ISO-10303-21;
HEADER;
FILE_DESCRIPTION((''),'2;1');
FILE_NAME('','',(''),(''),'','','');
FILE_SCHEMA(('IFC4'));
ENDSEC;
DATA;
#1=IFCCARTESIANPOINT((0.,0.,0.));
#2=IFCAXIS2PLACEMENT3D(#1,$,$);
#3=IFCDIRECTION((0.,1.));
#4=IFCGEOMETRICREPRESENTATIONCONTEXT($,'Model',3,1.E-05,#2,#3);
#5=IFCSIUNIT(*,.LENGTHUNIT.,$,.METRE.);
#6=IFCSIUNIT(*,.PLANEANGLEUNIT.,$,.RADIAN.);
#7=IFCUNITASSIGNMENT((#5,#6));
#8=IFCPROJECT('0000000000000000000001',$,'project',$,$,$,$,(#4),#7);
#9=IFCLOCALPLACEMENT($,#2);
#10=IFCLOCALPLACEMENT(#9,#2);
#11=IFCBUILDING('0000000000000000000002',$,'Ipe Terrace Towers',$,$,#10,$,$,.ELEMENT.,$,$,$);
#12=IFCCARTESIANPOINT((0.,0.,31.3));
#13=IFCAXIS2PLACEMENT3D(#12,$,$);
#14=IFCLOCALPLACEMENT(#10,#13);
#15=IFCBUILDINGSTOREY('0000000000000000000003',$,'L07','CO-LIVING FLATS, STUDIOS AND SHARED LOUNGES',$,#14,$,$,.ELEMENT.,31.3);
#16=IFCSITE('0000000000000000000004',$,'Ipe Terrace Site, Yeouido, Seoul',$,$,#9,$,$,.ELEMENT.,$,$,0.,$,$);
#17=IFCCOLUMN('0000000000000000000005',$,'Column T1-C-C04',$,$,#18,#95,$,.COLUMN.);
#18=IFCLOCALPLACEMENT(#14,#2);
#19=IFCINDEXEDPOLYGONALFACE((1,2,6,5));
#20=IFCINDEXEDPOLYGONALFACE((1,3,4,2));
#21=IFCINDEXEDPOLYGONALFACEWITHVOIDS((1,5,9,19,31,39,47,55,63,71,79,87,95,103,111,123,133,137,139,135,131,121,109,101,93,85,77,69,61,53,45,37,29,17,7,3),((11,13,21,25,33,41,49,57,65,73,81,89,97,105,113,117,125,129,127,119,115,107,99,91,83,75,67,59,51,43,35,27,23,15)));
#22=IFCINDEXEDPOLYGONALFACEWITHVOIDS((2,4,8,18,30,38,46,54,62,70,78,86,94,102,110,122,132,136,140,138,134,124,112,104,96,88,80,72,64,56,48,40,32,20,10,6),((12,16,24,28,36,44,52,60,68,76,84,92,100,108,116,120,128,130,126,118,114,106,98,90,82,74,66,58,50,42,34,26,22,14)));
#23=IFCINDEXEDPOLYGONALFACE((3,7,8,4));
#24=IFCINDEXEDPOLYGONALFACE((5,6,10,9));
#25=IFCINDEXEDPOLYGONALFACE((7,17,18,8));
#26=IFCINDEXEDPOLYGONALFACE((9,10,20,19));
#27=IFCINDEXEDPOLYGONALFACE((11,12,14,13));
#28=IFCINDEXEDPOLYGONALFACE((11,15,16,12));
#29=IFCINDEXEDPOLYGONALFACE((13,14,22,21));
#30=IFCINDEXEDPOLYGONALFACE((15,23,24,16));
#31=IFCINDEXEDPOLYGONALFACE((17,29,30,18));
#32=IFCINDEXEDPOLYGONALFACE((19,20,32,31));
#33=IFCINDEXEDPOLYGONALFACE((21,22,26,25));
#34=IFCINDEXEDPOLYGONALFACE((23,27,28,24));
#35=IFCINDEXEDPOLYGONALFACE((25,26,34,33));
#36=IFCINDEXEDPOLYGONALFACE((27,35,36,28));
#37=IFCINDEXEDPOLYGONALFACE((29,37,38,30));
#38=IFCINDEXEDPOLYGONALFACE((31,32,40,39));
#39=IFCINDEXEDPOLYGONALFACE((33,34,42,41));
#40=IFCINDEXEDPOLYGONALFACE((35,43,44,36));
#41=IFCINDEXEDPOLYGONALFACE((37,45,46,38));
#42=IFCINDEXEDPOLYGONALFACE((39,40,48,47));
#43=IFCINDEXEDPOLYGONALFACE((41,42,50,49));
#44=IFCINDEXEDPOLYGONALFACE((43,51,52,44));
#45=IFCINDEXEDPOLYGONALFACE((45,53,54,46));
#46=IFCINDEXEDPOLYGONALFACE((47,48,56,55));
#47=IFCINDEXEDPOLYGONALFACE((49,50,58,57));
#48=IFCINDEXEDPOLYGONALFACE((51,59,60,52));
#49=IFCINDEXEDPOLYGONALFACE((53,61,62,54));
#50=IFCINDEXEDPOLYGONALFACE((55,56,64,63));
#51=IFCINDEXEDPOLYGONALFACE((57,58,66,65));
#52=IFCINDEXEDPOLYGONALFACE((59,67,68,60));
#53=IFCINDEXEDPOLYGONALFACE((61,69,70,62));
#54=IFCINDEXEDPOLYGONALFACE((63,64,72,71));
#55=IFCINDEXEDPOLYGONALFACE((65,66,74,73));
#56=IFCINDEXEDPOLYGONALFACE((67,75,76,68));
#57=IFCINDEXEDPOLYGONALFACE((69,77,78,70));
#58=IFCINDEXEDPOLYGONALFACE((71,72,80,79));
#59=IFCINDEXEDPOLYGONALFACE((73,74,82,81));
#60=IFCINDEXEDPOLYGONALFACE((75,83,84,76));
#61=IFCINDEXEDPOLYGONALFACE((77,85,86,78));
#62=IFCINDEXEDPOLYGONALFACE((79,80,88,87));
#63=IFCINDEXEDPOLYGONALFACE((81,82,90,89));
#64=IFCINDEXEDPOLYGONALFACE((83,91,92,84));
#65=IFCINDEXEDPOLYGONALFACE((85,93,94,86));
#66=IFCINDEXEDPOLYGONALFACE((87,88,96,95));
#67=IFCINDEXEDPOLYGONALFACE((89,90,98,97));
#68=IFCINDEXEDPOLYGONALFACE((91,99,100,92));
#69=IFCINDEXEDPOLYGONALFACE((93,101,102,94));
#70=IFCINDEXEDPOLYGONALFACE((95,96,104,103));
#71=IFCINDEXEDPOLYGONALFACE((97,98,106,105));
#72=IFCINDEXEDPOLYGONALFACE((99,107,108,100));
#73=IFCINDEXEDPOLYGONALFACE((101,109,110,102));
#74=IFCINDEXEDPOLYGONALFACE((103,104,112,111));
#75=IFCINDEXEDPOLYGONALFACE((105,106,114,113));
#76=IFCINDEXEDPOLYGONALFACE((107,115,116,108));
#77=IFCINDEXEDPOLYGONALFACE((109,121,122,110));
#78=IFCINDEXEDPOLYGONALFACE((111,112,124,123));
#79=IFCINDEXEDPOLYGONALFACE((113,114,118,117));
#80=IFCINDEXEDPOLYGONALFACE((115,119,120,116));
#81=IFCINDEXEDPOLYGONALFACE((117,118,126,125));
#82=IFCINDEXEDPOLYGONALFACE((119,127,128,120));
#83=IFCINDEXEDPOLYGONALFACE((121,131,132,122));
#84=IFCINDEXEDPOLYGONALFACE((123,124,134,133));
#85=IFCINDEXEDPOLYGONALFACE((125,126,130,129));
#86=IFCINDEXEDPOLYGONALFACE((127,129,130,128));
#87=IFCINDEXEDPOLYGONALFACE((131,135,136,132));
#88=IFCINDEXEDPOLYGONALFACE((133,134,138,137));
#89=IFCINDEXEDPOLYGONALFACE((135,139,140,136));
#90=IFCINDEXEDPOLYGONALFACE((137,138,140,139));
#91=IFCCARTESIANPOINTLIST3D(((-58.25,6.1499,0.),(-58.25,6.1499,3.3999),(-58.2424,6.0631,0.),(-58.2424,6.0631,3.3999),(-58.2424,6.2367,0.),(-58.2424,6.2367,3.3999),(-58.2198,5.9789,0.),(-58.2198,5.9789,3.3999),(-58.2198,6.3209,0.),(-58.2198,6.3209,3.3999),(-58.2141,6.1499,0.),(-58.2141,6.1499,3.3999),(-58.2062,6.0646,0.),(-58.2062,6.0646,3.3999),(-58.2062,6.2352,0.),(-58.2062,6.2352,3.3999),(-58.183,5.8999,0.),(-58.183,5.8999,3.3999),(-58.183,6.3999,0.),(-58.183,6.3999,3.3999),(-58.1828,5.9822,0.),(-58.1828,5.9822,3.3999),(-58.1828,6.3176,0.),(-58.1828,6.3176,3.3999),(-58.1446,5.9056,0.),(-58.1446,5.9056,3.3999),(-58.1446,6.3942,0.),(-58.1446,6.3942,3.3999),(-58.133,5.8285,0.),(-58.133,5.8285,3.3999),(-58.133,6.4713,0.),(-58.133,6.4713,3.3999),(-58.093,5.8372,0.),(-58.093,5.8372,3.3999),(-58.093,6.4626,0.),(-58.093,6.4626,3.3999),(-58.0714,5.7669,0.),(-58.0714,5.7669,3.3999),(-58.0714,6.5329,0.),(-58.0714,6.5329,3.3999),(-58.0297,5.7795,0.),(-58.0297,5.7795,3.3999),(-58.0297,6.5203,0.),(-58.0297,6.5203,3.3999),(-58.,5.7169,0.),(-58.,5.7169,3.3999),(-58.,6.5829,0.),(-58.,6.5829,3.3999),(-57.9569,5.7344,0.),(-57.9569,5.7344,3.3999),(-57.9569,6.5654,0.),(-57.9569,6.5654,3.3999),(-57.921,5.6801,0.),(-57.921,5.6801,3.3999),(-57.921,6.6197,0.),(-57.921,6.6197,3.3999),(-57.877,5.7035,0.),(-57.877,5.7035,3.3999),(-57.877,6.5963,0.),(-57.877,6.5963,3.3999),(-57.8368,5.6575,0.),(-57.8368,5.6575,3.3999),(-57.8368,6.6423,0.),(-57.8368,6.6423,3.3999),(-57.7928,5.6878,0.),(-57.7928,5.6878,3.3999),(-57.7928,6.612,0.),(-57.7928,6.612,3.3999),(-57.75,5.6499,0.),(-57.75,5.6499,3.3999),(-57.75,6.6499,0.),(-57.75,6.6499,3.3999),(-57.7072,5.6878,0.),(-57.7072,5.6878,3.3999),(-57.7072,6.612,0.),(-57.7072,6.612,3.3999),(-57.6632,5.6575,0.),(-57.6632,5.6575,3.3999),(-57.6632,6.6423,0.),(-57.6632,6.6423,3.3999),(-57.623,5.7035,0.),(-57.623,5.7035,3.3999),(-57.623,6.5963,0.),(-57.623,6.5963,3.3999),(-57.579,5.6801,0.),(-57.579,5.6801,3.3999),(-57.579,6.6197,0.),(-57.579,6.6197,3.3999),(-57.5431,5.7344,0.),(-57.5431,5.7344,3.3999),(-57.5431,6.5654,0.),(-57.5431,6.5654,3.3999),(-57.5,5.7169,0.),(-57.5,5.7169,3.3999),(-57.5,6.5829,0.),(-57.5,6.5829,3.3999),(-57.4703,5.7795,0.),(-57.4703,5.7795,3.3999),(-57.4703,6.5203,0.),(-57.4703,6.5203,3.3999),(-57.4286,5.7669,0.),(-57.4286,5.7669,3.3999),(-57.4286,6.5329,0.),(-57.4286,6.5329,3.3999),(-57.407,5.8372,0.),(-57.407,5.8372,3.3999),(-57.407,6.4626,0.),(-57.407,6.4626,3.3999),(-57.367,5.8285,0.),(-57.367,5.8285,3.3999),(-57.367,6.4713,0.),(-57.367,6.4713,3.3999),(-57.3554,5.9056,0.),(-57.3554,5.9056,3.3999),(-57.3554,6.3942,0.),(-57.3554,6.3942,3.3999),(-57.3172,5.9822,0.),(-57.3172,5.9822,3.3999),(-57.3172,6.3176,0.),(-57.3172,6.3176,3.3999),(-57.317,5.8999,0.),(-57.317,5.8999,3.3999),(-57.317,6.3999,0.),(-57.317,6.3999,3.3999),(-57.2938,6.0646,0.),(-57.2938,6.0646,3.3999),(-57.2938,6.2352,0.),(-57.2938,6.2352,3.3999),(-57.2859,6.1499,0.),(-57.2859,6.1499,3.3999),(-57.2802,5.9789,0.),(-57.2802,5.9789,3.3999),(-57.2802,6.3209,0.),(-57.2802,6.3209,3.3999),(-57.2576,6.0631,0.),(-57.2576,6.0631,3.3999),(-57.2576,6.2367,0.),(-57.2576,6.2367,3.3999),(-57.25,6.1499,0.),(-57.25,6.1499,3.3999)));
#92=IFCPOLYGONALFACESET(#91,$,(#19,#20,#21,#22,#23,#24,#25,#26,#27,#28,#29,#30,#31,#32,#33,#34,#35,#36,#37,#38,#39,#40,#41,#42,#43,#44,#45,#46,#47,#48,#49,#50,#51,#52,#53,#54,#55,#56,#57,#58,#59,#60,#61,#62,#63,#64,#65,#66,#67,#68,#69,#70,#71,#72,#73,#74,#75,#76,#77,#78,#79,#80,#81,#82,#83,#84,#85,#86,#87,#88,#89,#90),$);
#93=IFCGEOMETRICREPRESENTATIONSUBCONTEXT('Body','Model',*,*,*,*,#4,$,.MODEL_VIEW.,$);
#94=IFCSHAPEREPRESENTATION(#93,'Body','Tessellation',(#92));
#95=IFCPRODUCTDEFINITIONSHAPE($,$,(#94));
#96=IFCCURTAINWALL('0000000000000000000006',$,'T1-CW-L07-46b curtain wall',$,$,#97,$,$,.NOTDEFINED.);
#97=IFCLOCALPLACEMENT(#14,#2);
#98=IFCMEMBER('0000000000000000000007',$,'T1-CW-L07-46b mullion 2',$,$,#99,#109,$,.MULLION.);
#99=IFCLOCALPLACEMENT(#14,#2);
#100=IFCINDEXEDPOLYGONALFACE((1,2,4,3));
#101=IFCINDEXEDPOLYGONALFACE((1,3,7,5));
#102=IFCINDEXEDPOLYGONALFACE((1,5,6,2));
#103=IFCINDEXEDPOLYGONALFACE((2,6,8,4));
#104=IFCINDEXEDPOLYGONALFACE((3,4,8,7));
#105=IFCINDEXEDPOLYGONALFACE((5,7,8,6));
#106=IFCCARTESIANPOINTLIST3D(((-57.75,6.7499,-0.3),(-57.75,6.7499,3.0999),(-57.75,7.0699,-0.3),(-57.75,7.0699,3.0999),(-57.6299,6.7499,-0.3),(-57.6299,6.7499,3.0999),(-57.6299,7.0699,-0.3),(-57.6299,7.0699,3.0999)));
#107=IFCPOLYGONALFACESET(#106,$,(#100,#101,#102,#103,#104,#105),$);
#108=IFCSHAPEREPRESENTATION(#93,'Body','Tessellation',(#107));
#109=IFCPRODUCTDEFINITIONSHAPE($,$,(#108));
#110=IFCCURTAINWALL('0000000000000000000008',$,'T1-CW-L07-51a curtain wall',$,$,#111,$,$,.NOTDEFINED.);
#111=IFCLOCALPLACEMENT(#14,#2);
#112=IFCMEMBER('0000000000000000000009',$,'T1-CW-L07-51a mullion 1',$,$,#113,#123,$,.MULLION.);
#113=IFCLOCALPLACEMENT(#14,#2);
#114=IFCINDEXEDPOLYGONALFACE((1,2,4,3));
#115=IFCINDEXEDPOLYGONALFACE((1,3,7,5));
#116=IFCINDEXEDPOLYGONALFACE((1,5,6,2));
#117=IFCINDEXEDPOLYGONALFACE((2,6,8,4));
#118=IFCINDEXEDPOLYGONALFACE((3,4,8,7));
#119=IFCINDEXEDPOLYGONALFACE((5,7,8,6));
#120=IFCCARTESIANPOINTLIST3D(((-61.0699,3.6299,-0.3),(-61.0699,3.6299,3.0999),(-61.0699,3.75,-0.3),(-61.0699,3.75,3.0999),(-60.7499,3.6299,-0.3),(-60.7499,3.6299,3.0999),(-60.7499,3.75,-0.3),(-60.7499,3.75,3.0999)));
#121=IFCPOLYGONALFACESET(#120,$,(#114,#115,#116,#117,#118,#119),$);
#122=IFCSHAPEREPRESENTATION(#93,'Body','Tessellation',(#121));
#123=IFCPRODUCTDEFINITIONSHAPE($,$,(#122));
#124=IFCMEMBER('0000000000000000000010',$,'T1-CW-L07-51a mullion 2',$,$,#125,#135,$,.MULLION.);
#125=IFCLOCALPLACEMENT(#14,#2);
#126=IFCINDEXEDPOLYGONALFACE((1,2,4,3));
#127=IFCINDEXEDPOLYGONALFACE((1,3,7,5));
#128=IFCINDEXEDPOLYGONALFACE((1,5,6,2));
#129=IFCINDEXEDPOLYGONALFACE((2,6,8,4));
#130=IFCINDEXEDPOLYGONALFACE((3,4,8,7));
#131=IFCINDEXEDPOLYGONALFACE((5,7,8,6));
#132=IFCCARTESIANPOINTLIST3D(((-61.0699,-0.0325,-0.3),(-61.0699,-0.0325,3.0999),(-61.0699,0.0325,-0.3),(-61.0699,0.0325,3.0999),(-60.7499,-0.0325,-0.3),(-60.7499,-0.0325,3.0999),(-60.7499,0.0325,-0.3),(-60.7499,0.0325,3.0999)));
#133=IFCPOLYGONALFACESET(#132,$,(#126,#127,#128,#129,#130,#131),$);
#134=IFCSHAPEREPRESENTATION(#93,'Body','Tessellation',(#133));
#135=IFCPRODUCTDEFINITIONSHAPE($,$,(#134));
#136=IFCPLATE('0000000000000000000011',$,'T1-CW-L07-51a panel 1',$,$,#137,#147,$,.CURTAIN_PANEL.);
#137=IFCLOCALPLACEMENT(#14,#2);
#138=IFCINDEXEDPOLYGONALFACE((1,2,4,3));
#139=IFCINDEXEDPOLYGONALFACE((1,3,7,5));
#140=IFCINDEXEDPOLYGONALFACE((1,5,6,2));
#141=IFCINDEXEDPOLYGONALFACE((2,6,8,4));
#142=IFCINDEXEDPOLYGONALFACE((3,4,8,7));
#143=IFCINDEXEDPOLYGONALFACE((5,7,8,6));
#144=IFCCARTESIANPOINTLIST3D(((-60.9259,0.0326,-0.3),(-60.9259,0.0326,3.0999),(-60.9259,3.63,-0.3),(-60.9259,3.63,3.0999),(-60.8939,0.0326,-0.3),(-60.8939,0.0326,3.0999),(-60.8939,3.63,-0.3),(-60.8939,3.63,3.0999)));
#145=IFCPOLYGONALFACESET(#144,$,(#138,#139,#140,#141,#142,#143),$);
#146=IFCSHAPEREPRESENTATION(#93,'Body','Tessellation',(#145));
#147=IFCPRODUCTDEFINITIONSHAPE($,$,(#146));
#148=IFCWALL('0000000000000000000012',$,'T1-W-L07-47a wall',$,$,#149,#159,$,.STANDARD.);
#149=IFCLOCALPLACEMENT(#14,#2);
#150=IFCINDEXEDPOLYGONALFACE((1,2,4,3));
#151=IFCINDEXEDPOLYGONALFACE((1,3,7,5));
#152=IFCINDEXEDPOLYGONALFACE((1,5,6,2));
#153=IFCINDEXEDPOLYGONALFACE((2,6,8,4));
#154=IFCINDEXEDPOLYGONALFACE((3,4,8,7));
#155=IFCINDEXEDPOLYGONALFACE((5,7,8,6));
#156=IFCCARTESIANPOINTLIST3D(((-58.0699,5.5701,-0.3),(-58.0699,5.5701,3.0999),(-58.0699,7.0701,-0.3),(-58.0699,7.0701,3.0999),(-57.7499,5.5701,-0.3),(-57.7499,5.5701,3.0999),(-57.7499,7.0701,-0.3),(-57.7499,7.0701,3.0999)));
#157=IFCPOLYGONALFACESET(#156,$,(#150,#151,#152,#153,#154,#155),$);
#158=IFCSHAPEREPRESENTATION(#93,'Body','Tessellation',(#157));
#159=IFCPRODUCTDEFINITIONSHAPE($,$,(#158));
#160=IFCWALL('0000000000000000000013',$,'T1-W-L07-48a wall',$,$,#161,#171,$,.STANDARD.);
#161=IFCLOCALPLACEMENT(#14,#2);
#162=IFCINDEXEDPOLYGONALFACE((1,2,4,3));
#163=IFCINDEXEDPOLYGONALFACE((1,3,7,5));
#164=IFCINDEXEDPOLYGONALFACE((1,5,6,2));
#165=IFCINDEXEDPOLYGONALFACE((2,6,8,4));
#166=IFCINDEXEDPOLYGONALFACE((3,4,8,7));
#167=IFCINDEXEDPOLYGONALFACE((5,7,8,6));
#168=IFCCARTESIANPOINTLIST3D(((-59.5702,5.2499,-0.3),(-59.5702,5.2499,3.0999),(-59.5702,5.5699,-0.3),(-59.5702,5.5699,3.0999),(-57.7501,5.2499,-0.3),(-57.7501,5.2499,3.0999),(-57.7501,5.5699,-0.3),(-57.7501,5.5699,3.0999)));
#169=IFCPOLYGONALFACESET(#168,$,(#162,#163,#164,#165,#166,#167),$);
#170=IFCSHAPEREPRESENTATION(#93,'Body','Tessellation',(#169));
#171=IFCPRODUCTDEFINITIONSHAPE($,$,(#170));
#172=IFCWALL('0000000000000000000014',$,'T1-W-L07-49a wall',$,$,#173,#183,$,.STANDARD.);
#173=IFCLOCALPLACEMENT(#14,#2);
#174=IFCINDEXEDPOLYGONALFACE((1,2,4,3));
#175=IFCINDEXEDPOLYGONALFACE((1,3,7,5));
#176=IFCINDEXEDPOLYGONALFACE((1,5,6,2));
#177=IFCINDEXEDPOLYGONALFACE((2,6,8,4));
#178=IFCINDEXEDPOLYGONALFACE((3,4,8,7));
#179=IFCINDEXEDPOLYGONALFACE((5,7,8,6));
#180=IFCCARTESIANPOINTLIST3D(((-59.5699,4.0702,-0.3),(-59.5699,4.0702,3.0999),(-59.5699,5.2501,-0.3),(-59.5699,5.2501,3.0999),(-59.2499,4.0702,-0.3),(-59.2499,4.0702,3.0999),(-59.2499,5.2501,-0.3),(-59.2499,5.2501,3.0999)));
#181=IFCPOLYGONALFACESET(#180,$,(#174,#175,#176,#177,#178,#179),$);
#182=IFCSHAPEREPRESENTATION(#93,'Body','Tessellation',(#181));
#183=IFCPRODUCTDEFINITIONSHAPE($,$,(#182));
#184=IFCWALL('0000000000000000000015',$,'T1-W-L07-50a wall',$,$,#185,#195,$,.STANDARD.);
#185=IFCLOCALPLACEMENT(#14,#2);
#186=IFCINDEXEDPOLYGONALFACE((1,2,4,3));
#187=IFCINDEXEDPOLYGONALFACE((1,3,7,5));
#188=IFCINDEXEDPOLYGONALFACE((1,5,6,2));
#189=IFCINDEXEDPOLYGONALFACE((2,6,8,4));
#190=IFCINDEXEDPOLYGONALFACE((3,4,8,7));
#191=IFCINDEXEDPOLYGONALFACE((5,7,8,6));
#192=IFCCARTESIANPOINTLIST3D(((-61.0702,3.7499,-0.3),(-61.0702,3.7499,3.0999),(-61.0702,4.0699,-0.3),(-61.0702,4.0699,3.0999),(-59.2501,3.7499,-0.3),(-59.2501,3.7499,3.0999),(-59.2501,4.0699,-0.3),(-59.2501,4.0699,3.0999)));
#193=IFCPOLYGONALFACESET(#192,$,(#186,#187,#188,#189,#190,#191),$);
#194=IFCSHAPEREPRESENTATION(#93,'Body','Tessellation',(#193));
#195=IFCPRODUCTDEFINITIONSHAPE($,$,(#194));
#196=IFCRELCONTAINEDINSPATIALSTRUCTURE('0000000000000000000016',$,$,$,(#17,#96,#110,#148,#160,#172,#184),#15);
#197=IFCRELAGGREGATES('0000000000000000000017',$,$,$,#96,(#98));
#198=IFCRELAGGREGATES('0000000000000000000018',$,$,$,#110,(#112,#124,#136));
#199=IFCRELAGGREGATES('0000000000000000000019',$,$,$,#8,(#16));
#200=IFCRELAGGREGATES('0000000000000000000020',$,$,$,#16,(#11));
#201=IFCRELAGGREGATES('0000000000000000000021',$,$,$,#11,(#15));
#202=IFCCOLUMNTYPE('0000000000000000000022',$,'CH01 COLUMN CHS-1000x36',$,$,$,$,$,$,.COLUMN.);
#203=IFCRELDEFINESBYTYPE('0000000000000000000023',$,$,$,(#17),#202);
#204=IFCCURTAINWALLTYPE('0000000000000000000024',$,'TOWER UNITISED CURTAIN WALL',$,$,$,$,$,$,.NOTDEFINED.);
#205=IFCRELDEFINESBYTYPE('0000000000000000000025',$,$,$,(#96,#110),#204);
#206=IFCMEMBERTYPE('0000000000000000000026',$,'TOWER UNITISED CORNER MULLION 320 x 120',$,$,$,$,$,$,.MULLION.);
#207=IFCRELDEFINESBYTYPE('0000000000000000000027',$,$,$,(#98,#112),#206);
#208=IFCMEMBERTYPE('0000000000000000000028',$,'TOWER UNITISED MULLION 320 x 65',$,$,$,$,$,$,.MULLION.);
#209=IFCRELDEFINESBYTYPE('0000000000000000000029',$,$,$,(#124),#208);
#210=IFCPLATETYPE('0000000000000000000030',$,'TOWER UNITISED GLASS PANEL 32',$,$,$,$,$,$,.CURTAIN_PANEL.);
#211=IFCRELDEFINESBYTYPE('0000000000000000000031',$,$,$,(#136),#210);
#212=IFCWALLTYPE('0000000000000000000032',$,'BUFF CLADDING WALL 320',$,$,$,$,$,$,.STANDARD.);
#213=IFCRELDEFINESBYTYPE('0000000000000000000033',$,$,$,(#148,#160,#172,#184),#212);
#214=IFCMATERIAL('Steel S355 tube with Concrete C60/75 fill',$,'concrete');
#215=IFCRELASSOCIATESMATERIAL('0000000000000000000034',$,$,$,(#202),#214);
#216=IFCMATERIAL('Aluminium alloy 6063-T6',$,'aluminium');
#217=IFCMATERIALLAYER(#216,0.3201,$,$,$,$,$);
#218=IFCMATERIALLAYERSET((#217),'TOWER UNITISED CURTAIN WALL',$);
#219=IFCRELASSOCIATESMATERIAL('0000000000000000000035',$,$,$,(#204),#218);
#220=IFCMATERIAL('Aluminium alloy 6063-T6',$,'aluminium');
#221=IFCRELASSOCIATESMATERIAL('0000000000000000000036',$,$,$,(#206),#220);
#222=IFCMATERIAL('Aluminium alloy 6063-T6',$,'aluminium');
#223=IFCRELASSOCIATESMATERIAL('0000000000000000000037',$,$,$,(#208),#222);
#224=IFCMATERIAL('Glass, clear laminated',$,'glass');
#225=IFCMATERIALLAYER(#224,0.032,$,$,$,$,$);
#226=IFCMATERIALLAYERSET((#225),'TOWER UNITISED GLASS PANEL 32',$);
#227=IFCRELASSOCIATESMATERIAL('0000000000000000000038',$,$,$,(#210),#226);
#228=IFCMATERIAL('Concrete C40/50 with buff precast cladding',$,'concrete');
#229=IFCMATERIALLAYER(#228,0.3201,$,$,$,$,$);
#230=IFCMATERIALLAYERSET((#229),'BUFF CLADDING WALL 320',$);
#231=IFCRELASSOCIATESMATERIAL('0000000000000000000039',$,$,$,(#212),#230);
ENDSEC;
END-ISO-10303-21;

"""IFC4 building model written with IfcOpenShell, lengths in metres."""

from ifc_helpers import new_model, si_unit, direction, frame, frame_2d, origin, origin_2d, place, context, subcontext, project, spatial, rectangle, hollow_circle, extrude, material, layer, layer_set, material_profile, profile_set, type_object, element, aggregate, save


model = new_model("IFC4")

# Units and contexts
model_context = context("Model", 3, precision=1e-05, world=origin(), true_north=direction((0.0, 1.0)))
body_context = subcontext(model_context, "Body", "Model", "MODEL_VIEW")
ifc_project = project(units=[si_unit("LENGTHUNIT", "METRE"), si_unit("PLANEANGLEUNIT", "RADIAN")], contexts=[model_context])

# Site, building, storey
site_placement = place(None, origin())
site = spatial("IfcSite", under=ifc_project, at=site_placement, Name="Ipe Terrace Site, Yeouido, Seoul", CompositionType="ELEMENT", RefElevation=0.0)
building_placement = place(site_placement, origin())
building = spatial("IfcBuilding", under=site, at=building_placement, Name="Ipe Terrace Towers", CompositionType="ELEMENT")
storey_placement = place(building_placement, frame((0.0, 0.0, 31.3)))
storey = spatial("IfcBuildingStorey", under=building, at=storey_placement, Name="L07", Description="CO-LIVING FLATS, STUDIOS AND SHARED LOUNGES", CompositionType="ELEMENT", Elevation=31.3)

# Column
ifc_material_1 = material(Name="Steel S355 tube with Concrete C60/75 fill", Category="concrete")
ifc_material_profile_1 = material_profile(ifc_material_1, hollow_circle(Radius=0.5, WallThickness=0.0359, at=origin_2d()), Name="CHS-1000x36")
ifc_profile_set_1 = profile_set([ifc_material_profile_1], Name="Steel S355 tube with Concrete C60/75 fill")
column_type = type_object("IfcColumnType", Name="CH01 COLUMN CHS-1000x36", PredefinedType="COLUMN", material=ifc_profile_set_1)
column_placement = place(storey_placement, frame((-57.75, 6.1499, 0.0), z_axis=(0.0, 0.0, 1.0), x_axis=(1.0, 0.0, 0.0)))
element("IfcColumn", 1, at=column_placement, inside=storey, type_object=column_type, Name="Column T1-C-C04", PredefinedType="COLUMN", context=body_context, shape_type="SweptSolid", body=[
    extrude(hollow_circle(Radius=0.5, WallThickness=0.0359, at=origin_2d()), origin(), (0.0, 0.0, 1.0), 3.3999),
])

# Curtain wall, member
ifc_material_2 = material(Name="Aluminium alloy 6063-T6", Category="aluminium")
ifc_layer_1 = layer(ifc_material_2, 0.3201)
ifc_layer_set_1 = layer_set([ifc_layer_1], Name="TOWER UNITISED CURTAIN WALL")
curtain_wall_type = type_object("IfcCurtainWallType", Name="TOWER UNITISED CURTAIN WALL", PredefinedType="NOTDEFINED", material=ifc_layer_set_1)
curtain_wall_1_placement = place(storey_placement, origin())
curtain_wall_1 = element("IfcCurtainWall", 2, at=curtain_wall_1_placement, inside=storey, type_object=curtain_wall_type, Name="T1-CW-L07-46b curtain wall", PredefinedType="NOTDEFINED")
ifc_material_3 = material(Name="Aluminium alloy 6063-T6", Category="aluminium")
ifc_material_profile_2 = material_profile(ifc_material_3, rectangle(XDim=0.3201, YDim=0.1201, at=origin_2d()), Name="TOWER UNITISED CORNER MULLION 320 x 120")
ifc_profile_set_2 = profile_set([ifc_material_profile_2], Name="Aluminium alloy 6063-T6")
member_type_1 = type_object("IfcMemberType", Name="TOWER UNITISED CORNER MULLION 320 x 120", PredefinedType="MULLION", material=ifc_profile_set_2)
member_1_placement = place(storey_placement, frame((-57.6899, 6.9099, -0.3), z_axis=(0.0, 0.0, 1.0), x_axis=(0.0, 1.0, 0.0)))
member_1 = element("IfcMember", 3, at=member_1_placement, type_object=member_type_1, Name="T1-CW-L07-46b mullion 2", PredefinedType="MULLION", context=body_context, shape_type="SweptSolid", body=[
    extrude(rectangle(XDim=0.3201, YDim=0.1201, at=origin_2d()), origin(), (0.0, 0.0, 1.0), 3.3999),
])
aggregate(curtain_wall_1, [member_1])

# Curtain wall, members, plate
curtain_wall_2_placement = place(storey_placement, origin())
curtain_wall_2 = element("IfcCurtainWall", 4, at=curtain_wall_2_placement, inside=storey, type_object=curtain_wall_type, Name="T1-CW-L07-51a curtain wall", PredefinedType="NOTDEFINED")
member_2_placement = place(storey_placement, frame((-60.9099, 3.6899, -0.3), z_axis=(0.0, 0.0, 1.0), x_axis=(-1.0, 0.0, 0.0)))
member_2 = element("IfcMember", 5, at=member_2_placement, type_object=member_type_1, Name="T1-CW-L07-51a mullion 1", PredefinedType="MULLION", context=body_context, shape_type="SweptSolid", body=[
    extrude(rectangle(XDim=0.3201, YDim=0.1201, at=origin_2d()), origin(), (0.0, 0.0, 1.0), 3.3999),
])
ifc_material_4 = material(Name="Aluminium alloy 6063-T6", Category="aluminium")
ifc_material_profile_3 = material_profile(ifc_material_4, rectangle(XDim=0.3201, YDim=0.0649, at=origin_2d()), Name="TOWER UNITISED MULLION 320 x 65")
ifc_profile_set_3 = profile_set([ifc_material_profile_3], Name="Aluminium alloy 6063-T6")
member_type_2 = type_object("IfcMemberType", Name="TOWER UNITISED MULLION 320 x 65", PredefinedType="MULLION", material=ifc_profile_set_3)
member_3_placement = place(storey_placement, frame((-60.9099, 0.0, -0.3), z_axis=(0.0, 0.0, 1.0), x_axis=(-1.0, 0.0, 0.0)))
member_3 = element("IfcMember", 6, at=member_3_placement, type_object=member_type_2, Name="T1-CW-L07-51a mullion 2", PredefinedType="MULLION", context=body_context, shape_type="SweptSolid", body=[
    extrude(rectangle(XDim=0.3201, YDim=0.0649, at=origin_2d()), origin(), (0.0, 0.0, 1.0), 3.3999),
])
ifc_material_5 = material(Name="Glass, clear laminated", Category="glass")
ifc_layer_2 = layer(ifc_material_5, 0.032)
ifc_layer_set_2 = layer_set([ifc_layer_2], Name="TOWER UNITISED GLASS PANEL 32")
plate_type = type_object("IfcPlateType", Name="TOWER UNITISED GLASS PANEL 32", PredefinedType="CURTAIN_PANEL", material=ifc_layer_set_2)
plate_placement = place(storey_placement, frame((-60.9099, 1.8313, -0.3), z_axis=(0.0, 0.0, 1.0), x_axis=(0.0, -1.0, 0.0)))
plate = element("IfcPlate", 7, at=plate_placement, type_object=plate_type, Name="T1-CW-L07-51a panel 1", PredefinedType="CURTAIN_PANEL", context=body_context, shape_type="SweptSolid", body=[
    extrude(rectangle(XDim=3.5974, YDim=0.032, at=origin_2d()), origin(), (0.0, 0.0, 1.0), 3.3999),
])
aggregate(curtain_wall_2, [member_2, member_3, plate])

# Walls
ifc_material_6 = material(Name="Concrete C40/50 with buff precast cladding", Category="concrete")
ifc_layer_3 = layer(ifc_material_6, 0.3201)
ifc_layer_set_3 = layer_set([ifc_layer_3], Name="BUFF CLADDING WALL 320")
wall_type_1 = type_object("IfcWallType", Name="BUFF CLADDING WALL 320", PredefinedType="STANDARD", material=ifc_layer_set_3)
wall_1_placement = place(storey_placement, frame((-57.9099, 7.0701, -0.3), z_axis=(0.0, 0.0, 1.0), x_axis=(0.0, -1.0, 0.0)))
element("IfcWall", 8, at=wall_1_placement, inside=storey, type_object=wall_type_1, Name="T1-W-L07-47a wall", PredefinedType="STANDARD", context=body_context, shape_type="SweptSolid", body=[
    extrude(rectangle(XDim=1.5, YDim=0.3201, at=frame_2d((0.75, 0.0))), origin(), (0.0, 0.0, 1.0), 3.3999),
])
wall_2_placement = place(storey_placement, frame((-57.75, 5.4099, -0.3), z_axis=(0.0, 0.0, 1.0), x_axis=(-1.0, 0.0, 0.0)))
element("IfcWall", 9, at=wall_2_placement, inside=storey, type_object=wall_type_1, Name="T1-W-L07-48a wall", PredefinedType="STANDARD", context=body_context, shape_type="SweptSolid", body=[
    extrude(rectangle(XDim=1.8201, YDim=0.3201, at=frame_2d((0.9102, 0.0))), origin(), (0.0, 0.0, 1.0), 3.3999),
])
wall_3_placement = place(storey_placement, frame((-59.4099, 5.25, -0.3), z_axis=(0.0, 0.0, 1.0), x_axis=(0.0, -1.0, 0.0)))
element("IfcWall", 10, at=wall_3_placement, inside=storey, type_object=wall_type_1, Name="T1-W-L07-49a wall", PredefinedType="STANDARD", context=body_context, shape_type="SweptSolid", body=[
    extrude(rectangle(XDim=1.1799, YDim=0.3201, at=frame_2d((0.5898, 0.0))), origin(), (0.0, 0.0, 1.0), 3.3999),
])
wall_4_placement = place(storey_placement, frame((-59.25, 3.9099, -0.3), z_axis=(0.0, 0.0, 1.0), x_axis=(-1.0, 0.0, 0.0)))
element("IfcWall", 11, at=wall_4_placement, inside=storey, type_object=wall_type_1, Name="T1-W-L07-50a wall", PredefinedType="STANDARD", context=body_context, shape_type="SweptSolid", body=[
    extrude(rectangle(XDim=1.8201, YDim=0.3201, at=frame_2d((0.9102, 0.0))), origin(), (0.0, 0.0, 1.0), 3.3999),
])

save(model, "model.ifc")
